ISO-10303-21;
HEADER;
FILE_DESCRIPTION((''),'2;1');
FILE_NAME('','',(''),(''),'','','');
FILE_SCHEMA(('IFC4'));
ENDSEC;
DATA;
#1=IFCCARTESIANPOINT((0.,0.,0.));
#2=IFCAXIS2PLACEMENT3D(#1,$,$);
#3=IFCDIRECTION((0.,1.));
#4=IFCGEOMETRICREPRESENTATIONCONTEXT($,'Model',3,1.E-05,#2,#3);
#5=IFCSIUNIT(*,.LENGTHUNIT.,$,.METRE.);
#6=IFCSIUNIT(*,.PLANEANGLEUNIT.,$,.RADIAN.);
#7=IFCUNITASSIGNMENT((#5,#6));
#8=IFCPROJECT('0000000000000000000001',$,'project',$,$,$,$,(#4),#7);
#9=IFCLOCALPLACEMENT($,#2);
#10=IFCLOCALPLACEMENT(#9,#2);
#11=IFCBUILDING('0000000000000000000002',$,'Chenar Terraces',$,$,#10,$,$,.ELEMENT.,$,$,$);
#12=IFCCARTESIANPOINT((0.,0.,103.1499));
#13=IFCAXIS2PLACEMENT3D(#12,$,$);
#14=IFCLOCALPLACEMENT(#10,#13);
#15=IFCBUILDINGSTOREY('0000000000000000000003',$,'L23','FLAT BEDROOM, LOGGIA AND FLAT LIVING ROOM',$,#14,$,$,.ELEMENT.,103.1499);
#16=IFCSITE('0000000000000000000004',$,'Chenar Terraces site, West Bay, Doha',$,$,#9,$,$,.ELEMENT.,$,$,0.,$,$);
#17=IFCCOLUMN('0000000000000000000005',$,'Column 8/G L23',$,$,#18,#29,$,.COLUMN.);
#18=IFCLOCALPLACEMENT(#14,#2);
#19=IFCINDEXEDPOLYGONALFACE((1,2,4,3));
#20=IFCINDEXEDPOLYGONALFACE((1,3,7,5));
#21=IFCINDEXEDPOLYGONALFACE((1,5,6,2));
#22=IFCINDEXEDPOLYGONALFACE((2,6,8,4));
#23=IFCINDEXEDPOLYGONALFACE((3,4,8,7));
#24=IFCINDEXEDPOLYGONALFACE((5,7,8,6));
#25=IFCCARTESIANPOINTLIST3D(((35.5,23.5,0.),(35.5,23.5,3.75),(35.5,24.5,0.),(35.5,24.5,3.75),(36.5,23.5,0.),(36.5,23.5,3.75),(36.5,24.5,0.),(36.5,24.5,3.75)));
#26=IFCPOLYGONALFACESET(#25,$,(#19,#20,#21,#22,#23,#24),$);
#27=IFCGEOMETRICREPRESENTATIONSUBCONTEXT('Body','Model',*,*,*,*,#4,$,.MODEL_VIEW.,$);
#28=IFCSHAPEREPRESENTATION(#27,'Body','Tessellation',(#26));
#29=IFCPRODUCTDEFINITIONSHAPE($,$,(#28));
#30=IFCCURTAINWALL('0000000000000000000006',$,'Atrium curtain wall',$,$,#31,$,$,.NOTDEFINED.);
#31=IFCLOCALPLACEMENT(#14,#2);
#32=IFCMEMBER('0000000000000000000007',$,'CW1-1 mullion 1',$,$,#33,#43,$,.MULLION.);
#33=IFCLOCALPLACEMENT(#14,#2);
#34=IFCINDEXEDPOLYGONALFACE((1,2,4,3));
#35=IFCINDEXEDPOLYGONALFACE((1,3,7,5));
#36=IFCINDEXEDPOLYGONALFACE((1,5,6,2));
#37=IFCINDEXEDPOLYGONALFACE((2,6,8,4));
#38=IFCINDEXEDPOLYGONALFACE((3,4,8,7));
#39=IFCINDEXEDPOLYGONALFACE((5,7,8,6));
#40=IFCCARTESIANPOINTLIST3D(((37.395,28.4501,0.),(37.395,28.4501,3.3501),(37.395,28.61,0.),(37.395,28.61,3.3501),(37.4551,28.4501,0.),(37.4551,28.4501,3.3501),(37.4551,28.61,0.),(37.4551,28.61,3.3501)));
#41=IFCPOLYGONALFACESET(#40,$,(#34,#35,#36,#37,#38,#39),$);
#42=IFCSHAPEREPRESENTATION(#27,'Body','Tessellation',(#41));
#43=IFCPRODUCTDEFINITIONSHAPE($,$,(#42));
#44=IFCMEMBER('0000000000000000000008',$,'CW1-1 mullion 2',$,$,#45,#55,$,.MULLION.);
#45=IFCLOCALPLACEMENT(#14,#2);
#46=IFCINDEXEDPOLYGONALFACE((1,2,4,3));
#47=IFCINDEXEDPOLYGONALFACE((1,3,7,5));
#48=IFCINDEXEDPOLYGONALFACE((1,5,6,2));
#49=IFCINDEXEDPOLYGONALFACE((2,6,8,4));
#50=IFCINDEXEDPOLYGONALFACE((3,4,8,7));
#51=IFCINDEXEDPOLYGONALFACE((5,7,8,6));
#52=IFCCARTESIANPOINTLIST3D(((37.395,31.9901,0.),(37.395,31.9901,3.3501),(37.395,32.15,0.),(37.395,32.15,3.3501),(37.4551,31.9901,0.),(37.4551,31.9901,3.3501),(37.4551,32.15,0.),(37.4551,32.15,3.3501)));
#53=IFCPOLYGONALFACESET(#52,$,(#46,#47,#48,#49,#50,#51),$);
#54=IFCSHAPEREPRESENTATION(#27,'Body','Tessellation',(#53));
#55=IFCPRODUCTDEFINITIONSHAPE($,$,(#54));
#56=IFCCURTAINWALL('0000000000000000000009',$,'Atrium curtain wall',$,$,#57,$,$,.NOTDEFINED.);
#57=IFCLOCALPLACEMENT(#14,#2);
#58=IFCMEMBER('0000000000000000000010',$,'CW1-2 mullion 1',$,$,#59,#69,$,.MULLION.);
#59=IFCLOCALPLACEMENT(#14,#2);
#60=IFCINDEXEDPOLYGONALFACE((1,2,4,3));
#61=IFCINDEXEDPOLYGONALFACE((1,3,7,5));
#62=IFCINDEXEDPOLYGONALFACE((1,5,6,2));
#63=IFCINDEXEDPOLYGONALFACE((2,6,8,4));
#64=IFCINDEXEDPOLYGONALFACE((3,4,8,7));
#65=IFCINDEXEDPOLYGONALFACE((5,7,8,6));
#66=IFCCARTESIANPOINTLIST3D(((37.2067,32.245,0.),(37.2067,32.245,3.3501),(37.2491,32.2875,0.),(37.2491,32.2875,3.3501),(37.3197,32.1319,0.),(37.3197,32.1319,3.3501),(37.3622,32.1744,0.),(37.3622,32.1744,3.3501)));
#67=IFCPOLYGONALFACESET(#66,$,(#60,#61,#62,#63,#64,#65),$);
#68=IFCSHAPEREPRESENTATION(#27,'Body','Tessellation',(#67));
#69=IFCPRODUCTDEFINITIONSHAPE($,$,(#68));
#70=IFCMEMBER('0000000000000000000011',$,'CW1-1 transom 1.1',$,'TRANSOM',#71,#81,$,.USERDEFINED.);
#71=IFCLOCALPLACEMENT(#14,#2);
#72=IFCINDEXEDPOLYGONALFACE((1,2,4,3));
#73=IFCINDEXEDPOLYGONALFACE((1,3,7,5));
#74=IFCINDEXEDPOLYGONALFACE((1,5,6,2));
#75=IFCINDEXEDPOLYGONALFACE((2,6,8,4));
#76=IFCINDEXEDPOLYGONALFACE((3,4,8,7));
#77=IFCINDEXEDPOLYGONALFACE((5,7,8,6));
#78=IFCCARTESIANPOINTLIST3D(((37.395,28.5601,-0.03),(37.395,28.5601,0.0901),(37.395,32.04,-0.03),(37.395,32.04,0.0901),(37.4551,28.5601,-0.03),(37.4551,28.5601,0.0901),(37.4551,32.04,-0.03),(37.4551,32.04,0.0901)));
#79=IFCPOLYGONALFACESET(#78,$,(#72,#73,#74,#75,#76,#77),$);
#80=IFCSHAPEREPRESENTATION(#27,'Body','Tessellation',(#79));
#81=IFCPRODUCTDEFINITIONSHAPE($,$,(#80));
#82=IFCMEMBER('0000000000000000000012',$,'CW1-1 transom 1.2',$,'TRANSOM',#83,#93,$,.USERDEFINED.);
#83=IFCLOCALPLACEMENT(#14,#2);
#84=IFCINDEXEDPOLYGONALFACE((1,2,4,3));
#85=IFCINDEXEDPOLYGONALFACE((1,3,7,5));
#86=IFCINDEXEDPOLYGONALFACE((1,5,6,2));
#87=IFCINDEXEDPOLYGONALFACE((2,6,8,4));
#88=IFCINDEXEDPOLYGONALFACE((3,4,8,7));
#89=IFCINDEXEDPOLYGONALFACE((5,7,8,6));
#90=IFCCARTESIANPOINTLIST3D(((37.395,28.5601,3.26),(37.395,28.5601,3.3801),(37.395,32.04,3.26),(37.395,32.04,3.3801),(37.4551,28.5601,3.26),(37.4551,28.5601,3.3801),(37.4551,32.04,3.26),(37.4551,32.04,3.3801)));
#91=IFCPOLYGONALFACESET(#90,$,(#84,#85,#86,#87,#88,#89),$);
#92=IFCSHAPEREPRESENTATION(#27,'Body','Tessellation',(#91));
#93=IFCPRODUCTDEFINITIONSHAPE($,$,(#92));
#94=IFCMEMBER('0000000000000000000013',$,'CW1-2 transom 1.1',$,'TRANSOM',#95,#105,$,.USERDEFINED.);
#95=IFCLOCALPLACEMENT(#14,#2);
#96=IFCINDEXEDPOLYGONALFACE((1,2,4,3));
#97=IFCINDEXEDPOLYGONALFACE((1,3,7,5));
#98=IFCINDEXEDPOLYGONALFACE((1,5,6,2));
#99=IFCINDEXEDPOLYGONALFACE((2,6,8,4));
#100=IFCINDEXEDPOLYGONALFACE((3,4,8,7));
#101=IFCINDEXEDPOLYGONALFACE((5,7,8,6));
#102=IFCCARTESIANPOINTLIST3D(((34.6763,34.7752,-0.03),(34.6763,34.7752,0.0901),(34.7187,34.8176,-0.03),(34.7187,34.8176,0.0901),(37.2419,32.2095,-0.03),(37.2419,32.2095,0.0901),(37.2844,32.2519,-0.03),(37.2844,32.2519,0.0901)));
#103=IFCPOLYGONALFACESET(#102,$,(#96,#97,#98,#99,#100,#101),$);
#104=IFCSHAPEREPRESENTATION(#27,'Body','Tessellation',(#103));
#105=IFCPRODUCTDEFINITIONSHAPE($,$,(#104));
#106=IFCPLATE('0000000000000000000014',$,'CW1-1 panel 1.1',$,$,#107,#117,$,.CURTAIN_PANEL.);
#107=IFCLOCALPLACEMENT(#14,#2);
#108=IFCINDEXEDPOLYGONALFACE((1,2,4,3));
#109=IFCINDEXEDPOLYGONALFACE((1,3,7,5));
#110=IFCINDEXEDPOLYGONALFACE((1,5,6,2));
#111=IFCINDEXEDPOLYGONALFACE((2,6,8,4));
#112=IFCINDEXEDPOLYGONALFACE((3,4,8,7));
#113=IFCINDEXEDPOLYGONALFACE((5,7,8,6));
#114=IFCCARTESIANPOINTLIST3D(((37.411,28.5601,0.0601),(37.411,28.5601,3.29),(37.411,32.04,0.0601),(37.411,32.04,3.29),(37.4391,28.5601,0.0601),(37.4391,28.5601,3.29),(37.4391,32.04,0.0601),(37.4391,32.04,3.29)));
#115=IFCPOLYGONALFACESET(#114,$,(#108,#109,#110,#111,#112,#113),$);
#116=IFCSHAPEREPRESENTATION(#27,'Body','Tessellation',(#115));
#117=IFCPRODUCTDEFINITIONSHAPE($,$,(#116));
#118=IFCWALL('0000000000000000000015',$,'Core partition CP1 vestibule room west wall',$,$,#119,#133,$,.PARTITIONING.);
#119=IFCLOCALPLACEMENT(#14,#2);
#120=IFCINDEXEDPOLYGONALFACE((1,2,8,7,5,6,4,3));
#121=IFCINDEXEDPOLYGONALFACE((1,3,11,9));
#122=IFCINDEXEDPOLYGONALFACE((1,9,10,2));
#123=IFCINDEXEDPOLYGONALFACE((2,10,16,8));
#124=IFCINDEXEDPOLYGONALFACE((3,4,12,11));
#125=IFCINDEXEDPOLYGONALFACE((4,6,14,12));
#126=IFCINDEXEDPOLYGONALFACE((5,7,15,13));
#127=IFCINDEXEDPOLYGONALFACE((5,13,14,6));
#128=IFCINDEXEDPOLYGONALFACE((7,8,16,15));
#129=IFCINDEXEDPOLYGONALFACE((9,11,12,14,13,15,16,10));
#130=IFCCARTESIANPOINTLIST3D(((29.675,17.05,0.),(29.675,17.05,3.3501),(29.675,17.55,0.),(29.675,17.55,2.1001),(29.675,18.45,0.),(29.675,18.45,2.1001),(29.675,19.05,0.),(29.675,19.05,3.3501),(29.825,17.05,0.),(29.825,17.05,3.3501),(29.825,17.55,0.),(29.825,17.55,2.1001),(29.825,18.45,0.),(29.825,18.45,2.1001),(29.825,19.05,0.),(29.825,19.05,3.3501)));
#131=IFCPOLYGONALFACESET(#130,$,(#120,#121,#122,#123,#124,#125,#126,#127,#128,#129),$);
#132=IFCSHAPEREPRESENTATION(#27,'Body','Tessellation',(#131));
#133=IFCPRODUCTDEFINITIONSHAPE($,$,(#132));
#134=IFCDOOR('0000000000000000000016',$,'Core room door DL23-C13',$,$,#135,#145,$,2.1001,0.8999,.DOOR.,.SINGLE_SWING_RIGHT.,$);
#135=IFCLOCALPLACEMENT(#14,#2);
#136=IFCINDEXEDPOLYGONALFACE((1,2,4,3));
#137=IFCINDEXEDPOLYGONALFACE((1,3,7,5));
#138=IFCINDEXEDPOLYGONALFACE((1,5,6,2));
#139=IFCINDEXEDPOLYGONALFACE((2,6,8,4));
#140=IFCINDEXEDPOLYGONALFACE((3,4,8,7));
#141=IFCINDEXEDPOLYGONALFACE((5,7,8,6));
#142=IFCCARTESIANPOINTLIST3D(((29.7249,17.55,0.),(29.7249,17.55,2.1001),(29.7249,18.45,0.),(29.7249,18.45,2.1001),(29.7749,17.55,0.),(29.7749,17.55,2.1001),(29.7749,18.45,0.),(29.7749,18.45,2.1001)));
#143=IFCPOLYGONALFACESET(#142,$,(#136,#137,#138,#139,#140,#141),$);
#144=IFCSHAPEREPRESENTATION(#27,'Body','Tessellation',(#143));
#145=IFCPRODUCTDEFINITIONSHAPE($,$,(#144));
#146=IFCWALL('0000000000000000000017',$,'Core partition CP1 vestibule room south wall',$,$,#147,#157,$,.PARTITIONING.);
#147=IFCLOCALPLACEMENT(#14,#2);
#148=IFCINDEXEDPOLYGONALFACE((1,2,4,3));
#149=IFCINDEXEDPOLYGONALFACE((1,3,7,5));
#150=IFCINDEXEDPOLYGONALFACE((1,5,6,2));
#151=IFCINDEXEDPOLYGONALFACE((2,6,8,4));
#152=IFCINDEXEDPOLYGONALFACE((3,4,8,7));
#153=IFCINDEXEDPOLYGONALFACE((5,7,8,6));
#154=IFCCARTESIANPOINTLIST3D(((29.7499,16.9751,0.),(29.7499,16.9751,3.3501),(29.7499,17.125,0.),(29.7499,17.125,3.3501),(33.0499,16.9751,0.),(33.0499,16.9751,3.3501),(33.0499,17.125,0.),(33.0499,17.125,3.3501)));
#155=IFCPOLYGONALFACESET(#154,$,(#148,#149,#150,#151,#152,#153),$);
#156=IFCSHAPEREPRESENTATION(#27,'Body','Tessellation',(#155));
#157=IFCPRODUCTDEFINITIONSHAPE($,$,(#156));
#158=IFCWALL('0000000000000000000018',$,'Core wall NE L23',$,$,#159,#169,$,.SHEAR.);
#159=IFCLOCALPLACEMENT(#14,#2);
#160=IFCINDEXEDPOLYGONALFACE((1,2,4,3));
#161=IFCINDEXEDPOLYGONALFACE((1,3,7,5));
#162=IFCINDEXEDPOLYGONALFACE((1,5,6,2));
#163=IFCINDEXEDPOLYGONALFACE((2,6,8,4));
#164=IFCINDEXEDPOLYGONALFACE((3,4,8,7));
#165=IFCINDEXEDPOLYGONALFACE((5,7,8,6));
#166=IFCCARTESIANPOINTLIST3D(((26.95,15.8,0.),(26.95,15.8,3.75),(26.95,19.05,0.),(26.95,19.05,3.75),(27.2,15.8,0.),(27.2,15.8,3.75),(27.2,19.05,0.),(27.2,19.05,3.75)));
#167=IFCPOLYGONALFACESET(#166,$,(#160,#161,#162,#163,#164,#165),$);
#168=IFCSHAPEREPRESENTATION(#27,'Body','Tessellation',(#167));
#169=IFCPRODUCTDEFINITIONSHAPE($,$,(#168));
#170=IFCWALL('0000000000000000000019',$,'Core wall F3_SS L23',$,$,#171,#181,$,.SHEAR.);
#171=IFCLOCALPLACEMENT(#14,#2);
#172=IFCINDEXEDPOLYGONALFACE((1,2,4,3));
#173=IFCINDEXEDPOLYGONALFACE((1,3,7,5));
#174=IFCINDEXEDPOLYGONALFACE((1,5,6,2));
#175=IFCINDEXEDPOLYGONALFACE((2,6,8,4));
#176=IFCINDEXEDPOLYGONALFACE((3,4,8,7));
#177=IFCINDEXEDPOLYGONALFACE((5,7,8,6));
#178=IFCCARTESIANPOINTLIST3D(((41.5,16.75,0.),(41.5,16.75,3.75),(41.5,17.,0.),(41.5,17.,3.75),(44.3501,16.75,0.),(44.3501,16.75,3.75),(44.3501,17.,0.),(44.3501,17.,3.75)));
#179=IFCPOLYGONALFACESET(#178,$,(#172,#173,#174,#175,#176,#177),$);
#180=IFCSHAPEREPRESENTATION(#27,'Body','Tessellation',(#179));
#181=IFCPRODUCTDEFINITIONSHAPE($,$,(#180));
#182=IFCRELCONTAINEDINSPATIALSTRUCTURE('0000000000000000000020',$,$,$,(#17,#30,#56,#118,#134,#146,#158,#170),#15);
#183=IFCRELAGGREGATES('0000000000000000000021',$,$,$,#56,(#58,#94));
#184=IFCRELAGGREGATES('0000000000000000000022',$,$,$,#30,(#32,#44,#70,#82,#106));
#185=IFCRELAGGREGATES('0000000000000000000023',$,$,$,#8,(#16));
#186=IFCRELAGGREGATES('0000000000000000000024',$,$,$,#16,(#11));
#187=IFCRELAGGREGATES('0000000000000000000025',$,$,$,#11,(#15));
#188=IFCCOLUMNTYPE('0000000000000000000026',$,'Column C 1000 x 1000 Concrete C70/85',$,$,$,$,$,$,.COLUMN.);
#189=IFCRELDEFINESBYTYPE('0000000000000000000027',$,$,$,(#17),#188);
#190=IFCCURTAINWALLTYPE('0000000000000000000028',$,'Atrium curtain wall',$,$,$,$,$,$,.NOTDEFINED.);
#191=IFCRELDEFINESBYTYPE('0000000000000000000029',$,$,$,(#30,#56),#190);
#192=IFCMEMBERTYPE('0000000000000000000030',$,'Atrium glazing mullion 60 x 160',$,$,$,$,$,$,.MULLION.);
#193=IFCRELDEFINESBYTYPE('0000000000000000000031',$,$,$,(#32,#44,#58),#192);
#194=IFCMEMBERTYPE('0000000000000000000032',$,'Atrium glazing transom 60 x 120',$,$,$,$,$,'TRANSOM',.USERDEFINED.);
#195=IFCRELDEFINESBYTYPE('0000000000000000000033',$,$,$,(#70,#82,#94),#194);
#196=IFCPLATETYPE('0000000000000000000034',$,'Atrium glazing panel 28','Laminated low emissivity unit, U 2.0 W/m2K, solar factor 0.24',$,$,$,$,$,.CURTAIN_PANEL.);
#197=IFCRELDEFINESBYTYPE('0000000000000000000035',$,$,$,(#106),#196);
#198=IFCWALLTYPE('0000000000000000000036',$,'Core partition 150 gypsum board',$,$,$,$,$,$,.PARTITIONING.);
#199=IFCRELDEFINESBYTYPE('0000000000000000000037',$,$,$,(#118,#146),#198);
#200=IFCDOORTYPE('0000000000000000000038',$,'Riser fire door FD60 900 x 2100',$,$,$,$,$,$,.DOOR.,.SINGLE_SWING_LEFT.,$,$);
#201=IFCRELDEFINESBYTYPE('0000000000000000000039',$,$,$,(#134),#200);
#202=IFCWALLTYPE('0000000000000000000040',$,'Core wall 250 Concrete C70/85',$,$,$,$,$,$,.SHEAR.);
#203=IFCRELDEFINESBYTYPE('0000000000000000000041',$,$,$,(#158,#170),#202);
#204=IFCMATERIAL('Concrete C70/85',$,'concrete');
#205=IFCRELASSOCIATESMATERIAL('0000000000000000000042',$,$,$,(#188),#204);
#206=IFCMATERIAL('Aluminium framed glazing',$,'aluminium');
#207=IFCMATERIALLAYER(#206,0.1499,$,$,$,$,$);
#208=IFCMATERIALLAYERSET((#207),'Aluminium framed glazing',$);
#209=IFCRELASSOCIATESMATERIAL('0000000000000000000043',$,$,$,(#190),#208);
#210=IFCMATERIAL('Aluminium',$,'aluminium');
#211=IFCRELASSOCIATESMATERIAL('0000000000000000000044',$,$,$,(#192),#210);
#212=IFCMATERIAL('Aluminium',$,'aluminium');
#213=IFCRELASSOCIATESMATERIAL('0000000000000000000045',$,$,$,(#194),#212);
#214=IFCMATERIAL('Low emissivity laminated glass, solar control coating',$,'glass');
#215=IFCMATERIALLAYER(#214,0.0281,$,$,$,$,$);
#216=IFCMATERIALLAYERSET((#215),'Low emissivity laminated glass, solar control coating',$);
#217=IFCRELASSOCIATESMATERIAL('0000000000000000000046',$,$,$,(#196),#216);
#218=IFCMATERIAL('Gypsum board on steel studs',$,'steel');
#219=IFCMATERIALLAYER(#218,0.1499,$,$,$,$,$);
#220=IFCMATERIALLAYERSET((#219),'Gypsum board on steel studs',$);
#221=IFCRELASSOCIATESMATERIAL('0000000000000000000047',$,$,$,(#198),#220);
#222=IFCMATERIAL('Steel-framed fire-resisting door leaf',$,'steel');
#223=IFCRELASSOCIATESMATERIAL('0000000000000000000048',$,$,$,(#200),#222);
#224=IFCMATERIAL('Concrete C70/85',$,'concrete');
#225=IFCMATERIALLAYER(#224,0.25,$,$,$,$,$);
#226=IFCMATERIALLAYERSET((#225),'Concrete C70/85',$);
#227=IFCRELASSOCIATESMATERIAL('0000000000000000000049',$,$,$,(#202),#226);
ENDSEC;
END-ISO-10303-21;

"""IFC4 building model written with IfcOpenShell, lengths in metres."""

from ifc_helpers import new_model, si_unit, direction, frame, frame_2d, origin, origin_2d, place, context, subcontext, project, spatial, rectangle, extrude, material, layer, layer_set, material_profile, profile_set, type_object, element, fill, aggregate, save


model = new_model("IFC4")

# Units and contexts
model_context = context("Model", 3, precision=1e-05, world=origin(), true_north=direction((0.0, 1.0)))
body_context = subcontext(model_context, "Body", "Model", "MODEL_VIEW")
ifc_project = project(units=[si_unit("LENGTHUNIT", "METRE"), si_unit("PLANEANGLEUNIT", "RADIAN")], contexts=[model_context])

# Site, building, storey
site_placement = place(None, origin())
site = spatial("IfcSite", under=ifc_project, at=site_placement, Name="Chenar Terraces site, West Bay, Doha", CompositionType="ELEMENT", RefElevation=0.0)
building_placement = place(site_placement, origin())
building = spatial("IfcBuilding", under=site, at=building_placement, Name="Chenar Terraces", CompositionType="ELEMENT")
storey_placement = place(building_placement, frame((0.0, 0.0, 103.1499)))
storey = spatial("IfcBuildingStorey", under=building, at=storey_placement, Name="L23", Description="FLAT BEDROOM, LOGGIA AND FLAT LIVING ROOM", CompositionType="ELEMENT", Elevation=103.1499)

# Column
ifc_material_1 = material(Name="Concrete C70/85", Category="concrete")
ifc_material_profile_1 = material_profile(ifc_material_1, rectangle(XDim=1.0, YDim=1.0, at=origin_2d()), Name="C 1000 x 1000")
ifc_profile_set_1 = profile_set([ifc_material_profile_1], Name="Concrete C70/85")
column_type = type_object("IfcColumnType", Name="Column C 1000 x 1000 Concrete C70/85", PredefinedType="COLUMN", material=ifc_profile_set_1)
column_placement = place(storey_placement, frame((36.0, 24.0, 0.0), z_axis=(0.0, 0.0, 1.0), x_axis=(1.0, 0.0, 0.0)))
element("IfcColumn", 1, at=column_placement, inside=storey, type_object=column_type, Name="Column 8/G L23", PredefinedType="COLUMN", context=body_context, shape_type="SweptSolid", body=[
    extrude(rectangle(XDim=1.0, YDim=1.0, at=origin_2d()), origin(), (0.0, 0.0, 1.0), 3.75),
])

# Curtain wall, members
ifc_material_2 = material(Name="Aluminium framed glazing", Category="aluminium")
ifc_layer_1 = layer(ifc_material_2, 0.1499)
ifc_layer_set_1 = layer_set([ifc_layer_1], Name="Aluminium framed glazing")
curtain_wall_type = type_object("IfcCurtainWallType", Name="Atrium curtain wall", PredefinedType="NOTDEFINED", material=ifc_layer_set_1)
placement = place(storey_placement, origin())
curtain_wall_1 = element("IfcCurtainWall", 2, at=placement, inside=storey, type_object=curtain_wall_type, Name="Atrium curtain wall", PredefinedType="NOTDEFINED")
ifc_material_3 = material(Name="Aluminium", Category="aluminium")
ifc_material_profile_2 = material_profile(ifc_material_3, rectangle(XDim=0.0601, YDim=0.1599, at=origin_2d()), Name="Atrium glazing mullion 60 x 160")
ifc_profile_set_2 = profile_set([ifc_material_profile_2], Name="Aluminium")
member_type_1 = type_object("IfcMemberType", Name="Atrium glazing mullion 60 x 160", PredefinedType="MULLION", material=ifc_profile_set_2)
member_1_placement = place(storey_placement, frame((37.425, 28.53, 0.0), z_axis=(0.0, 0.0, 1.0), x_axis=(-1.0, 0.0, 0.0)))
member_1 = element("IfcMember", 3, at=member_1_placement, type_object=member_type_1, Name="CW1-1 mullion 1", PredefinedType="MULLION", context=body_context, shape_type="SweptSolid", body=[
    extrude(rectangle(XDim=0.0601, YDim=0.1599, at=origin_2d()), origin(), (0.0, 0.0, 1.0), 3.3501),
])
member_2_placement = place(storey_placement, frame((37.425, 32.0701, 0.0), z_axis=(0.0, 0.0, 1.0), x_axis=(-1.0, 0.0, 0.0)))
member_2 = element("IfcMember", 4, at=member_2_placement, type_object=member_type_1, Name="CW1-1 mullion 2", PredefinedType="MULLION", context=body_context, shape_type="SweptSolid", body=[
    extrude(rectangle(XDim=0.0601, YDim=0.1599, at=origin_2d()), origin(), (0.0, 0.0, 1.0), 3.3501),
])

# Curtain wall, member
curtain_wall_2 = element("IfcCurtainWall", 5, at=placement, inside=storey, type_object=curtain_wall_type, Name="Atrium curtain wall", PredefinedType="NOTDEFINED")
member_3_placement = place(storey_placement, frame((37.2844, 32.2097, 0.0), z_axis=(0.0, 0.0, 1.0), x_axis=(-0.707107, -0.707107, 0.0)))
member_3 = element("IfcMember", 6, at=member_3_placement, type_object=member_type_1, Name="CW1-2 mullion 1", PredefinedType="MULLION", context=body_context, shape_type="SweptSolid", body=[
    extrude(rectangle(XDim=0.0601, YDim=0.1599, at=origin_2d()), origin(), (0.0, 0.0, 1.0), 3.3501),
])

# Members
ifc_material_4 = material(Name="Aluminium", Category="aluminium")
ifc_material_profile_3 = material_profile(ifc_material_4, rectangle(XDim=0.0601, YDim=0.1201, at=origin_2d()), Name="Atrium glazing transom 60 x 120")
ifc_profile_set_3 = profile_set([ifc_material_profile_3], Name="Aluminium")
member_type_2 = type_object("IfcMemberType", Name="Atrium glazing transom 60 x 120", ElementType="TRANSOM", PredefinedType="USERDEFINED", material=ifc_profile_set_3)
member_4_placement = place(storey_placement, frame((37.425, 28.5601, 0.03), z_axis=(0.0, 1.0, 0.0), x_axis=(-1.0, 0.0, 0.0)))
member_4 = element("IfcMember", 7, at=member_4_placement, type_object=member_type_2, Name="CW1-1 transom 1.1", ObjectType="TRANSOM", PredefinedType="USERDEFINED", context=body_context, shape_type="SweptSolid", body=[
    extrude(rectangle(XDim=0.0601, YDim=0.1201, at=origin_2d()), origin(), (0.0, 0.0, 1.0), 3.48),
])
member_5_placement = place(storey_placement, frame((37.425, 28.5601, 3.3201), z_axis=(0.0, 1.0, 0.0), x_axis=(-1.0, 0.0, 0.0)))
member_5 = element("IfcMember", 8, at=member_5_placement, type_object=member_type_2, Name="CW1-1 transom 1.2", ObjectType="TRANSOM", PredefinedType="USERDEFINED", context=body_context, shape_type="SweptSolid", body=[
    extrude(rectangle(XDim=0.0601, YDim=0.1201, at=origin_2d()), origin(), (0.0, 0.0, 1.0), 3.48),
])
member_6_placement = place(storey_placement, frame((37.2632, 32.2307, 0.03), z_axis=(-0.707107, 0.707107, 0.0), x_axis=(-0.707107, -0.707107, 0.0)))
member_6 = element("IfcMember", 9, at=member_6_placement, type_object=member_type_2, Name="CW1-2 transom 1.1", ObjectType="TRANSOM", PredefinedType="USERDEFINED", context=body_context, shape_type="SweptSolid", body=[
    extrude(rectangle(XDim=0.0601, YDim=0.1201, at=origin_2d()), origin(), (0.0, 0.0, 1.0), 3.6284),
])
aggregate(curtain_wall_2, [member_3, member_6])

# Plate
ifc_material_5 = material(Name="Low emissivity laminated glass, solar control coating", Category="glass")
ifc_layer_2 = layer(ifc_material_5, 0.0281)
ifc_layer_set_2 = layer_set([ifc_layer_2], Name="Low emissivity laminated glass, solar control coating")
plate_type = type_object("IfcPlateType", Name="Atrium glazing panel 28", Description="Laminated low emissivity unit, U 2.0 W/m2K, solar factor 0.24", PredefinedType="CURTAIN_PANEL", material=ifc_layer_set_2)
plate_placement = place(storey_placement, frame((37.425, 30.3, 0.0601), z_axis=(0.0, 0.0, 1.0), x_axis=(0.0, 1.0, 0.0)))
plate = element("IfcPlate", 10, at=plate_placement, type_object=plate_type, Name="CW1-1 panel 1.1", PredefinedType="CURTAIN_PANEL", context=body_context, shape_type="SweptSolid", body=[
    extrude(rectangle(XDim=3.48, YDim=0.0281, at=origin_2d()), origin(), (0.0, 0.0, 1.0), 3.23),
])
aggregate(curtain_wall_1, [member_1, member_2, member_4, member_5, plate])

# Wall, opening, door
ifc_material_6 = material(Name="Gypsum board on steel studs", Category="steel")
ifc_layer_3 = layer(ifc_material_6, 0.1499)
ifc_layer_set_3 = layer_set([ifc_layer_3], Name="Gypsum board on steel studs")
wall_type_1 = type_object("IfcWallType", Name="Core partition 150 gypsum board", PredefinedType="PARTITIONING", material=ifc_layer_set_3)
wall_1_placement = place(storey_placement, frame((29.75, 17.05, 0.0), z_axis=(0.0, 0.0, 1.0), x_axis=(0.0, 1.0, 0.0)))
wall_1 = element("IfcWall", 11, at=wall_1_placement, inside=storey, type_object=wall_type_1, Name="Core partition CP1 vestibule room west wall", PredefinedType="PARTITIONING", context=body_context, shape_type="SweptSolid", body=[
    extrude(rectangle(XDim=2.0, YDim=0.1499, at=frame_2d((1.0, 0.0))), origin(), (0.0, 0.0, 1.0), 3.3501),
])
opening_1_placement = place(wall_1_placement, frame((0.5, 0.0, 0.0)))
opening_1 = element("IfcOpeningElement", 12, at=opening_1_placement, cuts=wall_1, PredefinedType="OPENING", context=body_context, shape_type="SweptSolid", body=[
    extrude(rectangle(XDim=0.8999, YDim=2.1001, at=frame_2d((0.45, 1.05))), frame((0.0, 0.085, 0.0), z_axis=(0.0, -1.0, 0.0), x_axis=(1.0, 0.0, 0.0)), (0.0, 0.0, 1.0), 0.1699),
])
ifc_material_7 = material(Name="Steel-framed fire-resisting door leaf", Category="steel")
door_type = type_object("IfcDoorType", Name="Riser fire door FD60 900 x 2100", OperationType="SINGLE_SWING_LEFT", PredefinedType="DOOR", material=ifc_material_7)
door_placement = place(opening_1_placement, frame((0.8999, 0.0, 0.0), z_axis=(0.0, 0.0, 1.0), x_axis=(-1.0, 0.0, 0.0)))
door = element("IfcDoor", 13, at=door_placement, inside=storey, type_object=door_type, Name="Core room door DL23-C13", OperationType="SINGLE_SWING_RIGHT", OverallHeight=2.1001, OverallWidth=0.8999, PredefinedType="DOOR", context=body_context, shape_type="SweptSolid", body=[
    extrude(rectangle(XDim=0.8999, YDim=2.1001, at=frame_2d((0.45, 1.05))), frame((0.0, 0.0249, 0.0), z_axis=(0.0, -1.0, 0.0), x_axis=(1.0, 0.0, 0.0)), (0.0, 0.0, 1.0), 0.05),
])
fill(opening_1, door)

# Walls
wall_2_placement = place(storey_placement, frame((29.75, 17.05, 0.0), z_axis=(0.0, 0.0, 1.0), x_axis=(1.0, 0.0, 0.0)))
element("IfcWall", 14, at=wall_2_placement, inside=storey, type_object=wall_type_1, Name="Core partition CP1 vestibule room south wall", PredefinedType="PARTITIONING", context=body_context, shape_type="SweptSolid", body=[
    extrude(rectangle(XDim=3.3, YDim=0.1499, at=frame_2d((1.6499, 0.0))), origin(), (0.0, 0.0, 1.0), 3.3501),
])
ifc_material_8 = material(Name="Concrete C70/85", Category="concrete")
ifc_layer_4 = layer(ifc_material_8, 0.25)
ifc_layer_set_4 = layer_set([ifc_layer_4], Name="Concrete C70/85")
wall_type_2 = type_object("IfcWallType", Name="Core wall 250 Concrete C70/85", PredefinedType="SHEAR", material=ifc_layer_set_4)
wall_3_placement = place(storey_placement, frame((27.075, 15.8, 0.0), z_axis=(0.0, 0.0, 1.0), x_axis=(0.0, 1.0, 0.0)))
element("IfcWall", 15, at=wall_3_placement, inside=storey, type_object=wall_type_2, Name="Core wall NE L23", PredefinedType="SHEAR", context=body_context, shape_type="SweptSolid", body=[
    extrude(rectangle(XDim=3.25, YDim=0.25, at=frame_2d((1.625, 0.0))), origin(), (0.0, 0.0, 1.0), 3.75),
])
for number, where, z_axis, x_axis, name in (
    (16, (41.5, 16.875, 0.0), (0.0, 0.0, 1.0), (1.0, 0.0, 0.0), "Core wall F3_SS L23"),
):
    element("IfcWall", number, at=place(storey_placement, frame(where, z_axis=z_axis, x_axis=x_axis)), inside=storey, type_object=wall_type_2, Name=name, PredefinedType="SHEAR", context=body_context, shape_type="SweptSolid", body=[
        extrude(rectangle(XDim=2.8501, YDim=0.25, at=frame_2d((1.425, 0.0))), origin(), (0.0, 0.0, 1.0), 3.75),
    ])

save(model, "model.ifc")
